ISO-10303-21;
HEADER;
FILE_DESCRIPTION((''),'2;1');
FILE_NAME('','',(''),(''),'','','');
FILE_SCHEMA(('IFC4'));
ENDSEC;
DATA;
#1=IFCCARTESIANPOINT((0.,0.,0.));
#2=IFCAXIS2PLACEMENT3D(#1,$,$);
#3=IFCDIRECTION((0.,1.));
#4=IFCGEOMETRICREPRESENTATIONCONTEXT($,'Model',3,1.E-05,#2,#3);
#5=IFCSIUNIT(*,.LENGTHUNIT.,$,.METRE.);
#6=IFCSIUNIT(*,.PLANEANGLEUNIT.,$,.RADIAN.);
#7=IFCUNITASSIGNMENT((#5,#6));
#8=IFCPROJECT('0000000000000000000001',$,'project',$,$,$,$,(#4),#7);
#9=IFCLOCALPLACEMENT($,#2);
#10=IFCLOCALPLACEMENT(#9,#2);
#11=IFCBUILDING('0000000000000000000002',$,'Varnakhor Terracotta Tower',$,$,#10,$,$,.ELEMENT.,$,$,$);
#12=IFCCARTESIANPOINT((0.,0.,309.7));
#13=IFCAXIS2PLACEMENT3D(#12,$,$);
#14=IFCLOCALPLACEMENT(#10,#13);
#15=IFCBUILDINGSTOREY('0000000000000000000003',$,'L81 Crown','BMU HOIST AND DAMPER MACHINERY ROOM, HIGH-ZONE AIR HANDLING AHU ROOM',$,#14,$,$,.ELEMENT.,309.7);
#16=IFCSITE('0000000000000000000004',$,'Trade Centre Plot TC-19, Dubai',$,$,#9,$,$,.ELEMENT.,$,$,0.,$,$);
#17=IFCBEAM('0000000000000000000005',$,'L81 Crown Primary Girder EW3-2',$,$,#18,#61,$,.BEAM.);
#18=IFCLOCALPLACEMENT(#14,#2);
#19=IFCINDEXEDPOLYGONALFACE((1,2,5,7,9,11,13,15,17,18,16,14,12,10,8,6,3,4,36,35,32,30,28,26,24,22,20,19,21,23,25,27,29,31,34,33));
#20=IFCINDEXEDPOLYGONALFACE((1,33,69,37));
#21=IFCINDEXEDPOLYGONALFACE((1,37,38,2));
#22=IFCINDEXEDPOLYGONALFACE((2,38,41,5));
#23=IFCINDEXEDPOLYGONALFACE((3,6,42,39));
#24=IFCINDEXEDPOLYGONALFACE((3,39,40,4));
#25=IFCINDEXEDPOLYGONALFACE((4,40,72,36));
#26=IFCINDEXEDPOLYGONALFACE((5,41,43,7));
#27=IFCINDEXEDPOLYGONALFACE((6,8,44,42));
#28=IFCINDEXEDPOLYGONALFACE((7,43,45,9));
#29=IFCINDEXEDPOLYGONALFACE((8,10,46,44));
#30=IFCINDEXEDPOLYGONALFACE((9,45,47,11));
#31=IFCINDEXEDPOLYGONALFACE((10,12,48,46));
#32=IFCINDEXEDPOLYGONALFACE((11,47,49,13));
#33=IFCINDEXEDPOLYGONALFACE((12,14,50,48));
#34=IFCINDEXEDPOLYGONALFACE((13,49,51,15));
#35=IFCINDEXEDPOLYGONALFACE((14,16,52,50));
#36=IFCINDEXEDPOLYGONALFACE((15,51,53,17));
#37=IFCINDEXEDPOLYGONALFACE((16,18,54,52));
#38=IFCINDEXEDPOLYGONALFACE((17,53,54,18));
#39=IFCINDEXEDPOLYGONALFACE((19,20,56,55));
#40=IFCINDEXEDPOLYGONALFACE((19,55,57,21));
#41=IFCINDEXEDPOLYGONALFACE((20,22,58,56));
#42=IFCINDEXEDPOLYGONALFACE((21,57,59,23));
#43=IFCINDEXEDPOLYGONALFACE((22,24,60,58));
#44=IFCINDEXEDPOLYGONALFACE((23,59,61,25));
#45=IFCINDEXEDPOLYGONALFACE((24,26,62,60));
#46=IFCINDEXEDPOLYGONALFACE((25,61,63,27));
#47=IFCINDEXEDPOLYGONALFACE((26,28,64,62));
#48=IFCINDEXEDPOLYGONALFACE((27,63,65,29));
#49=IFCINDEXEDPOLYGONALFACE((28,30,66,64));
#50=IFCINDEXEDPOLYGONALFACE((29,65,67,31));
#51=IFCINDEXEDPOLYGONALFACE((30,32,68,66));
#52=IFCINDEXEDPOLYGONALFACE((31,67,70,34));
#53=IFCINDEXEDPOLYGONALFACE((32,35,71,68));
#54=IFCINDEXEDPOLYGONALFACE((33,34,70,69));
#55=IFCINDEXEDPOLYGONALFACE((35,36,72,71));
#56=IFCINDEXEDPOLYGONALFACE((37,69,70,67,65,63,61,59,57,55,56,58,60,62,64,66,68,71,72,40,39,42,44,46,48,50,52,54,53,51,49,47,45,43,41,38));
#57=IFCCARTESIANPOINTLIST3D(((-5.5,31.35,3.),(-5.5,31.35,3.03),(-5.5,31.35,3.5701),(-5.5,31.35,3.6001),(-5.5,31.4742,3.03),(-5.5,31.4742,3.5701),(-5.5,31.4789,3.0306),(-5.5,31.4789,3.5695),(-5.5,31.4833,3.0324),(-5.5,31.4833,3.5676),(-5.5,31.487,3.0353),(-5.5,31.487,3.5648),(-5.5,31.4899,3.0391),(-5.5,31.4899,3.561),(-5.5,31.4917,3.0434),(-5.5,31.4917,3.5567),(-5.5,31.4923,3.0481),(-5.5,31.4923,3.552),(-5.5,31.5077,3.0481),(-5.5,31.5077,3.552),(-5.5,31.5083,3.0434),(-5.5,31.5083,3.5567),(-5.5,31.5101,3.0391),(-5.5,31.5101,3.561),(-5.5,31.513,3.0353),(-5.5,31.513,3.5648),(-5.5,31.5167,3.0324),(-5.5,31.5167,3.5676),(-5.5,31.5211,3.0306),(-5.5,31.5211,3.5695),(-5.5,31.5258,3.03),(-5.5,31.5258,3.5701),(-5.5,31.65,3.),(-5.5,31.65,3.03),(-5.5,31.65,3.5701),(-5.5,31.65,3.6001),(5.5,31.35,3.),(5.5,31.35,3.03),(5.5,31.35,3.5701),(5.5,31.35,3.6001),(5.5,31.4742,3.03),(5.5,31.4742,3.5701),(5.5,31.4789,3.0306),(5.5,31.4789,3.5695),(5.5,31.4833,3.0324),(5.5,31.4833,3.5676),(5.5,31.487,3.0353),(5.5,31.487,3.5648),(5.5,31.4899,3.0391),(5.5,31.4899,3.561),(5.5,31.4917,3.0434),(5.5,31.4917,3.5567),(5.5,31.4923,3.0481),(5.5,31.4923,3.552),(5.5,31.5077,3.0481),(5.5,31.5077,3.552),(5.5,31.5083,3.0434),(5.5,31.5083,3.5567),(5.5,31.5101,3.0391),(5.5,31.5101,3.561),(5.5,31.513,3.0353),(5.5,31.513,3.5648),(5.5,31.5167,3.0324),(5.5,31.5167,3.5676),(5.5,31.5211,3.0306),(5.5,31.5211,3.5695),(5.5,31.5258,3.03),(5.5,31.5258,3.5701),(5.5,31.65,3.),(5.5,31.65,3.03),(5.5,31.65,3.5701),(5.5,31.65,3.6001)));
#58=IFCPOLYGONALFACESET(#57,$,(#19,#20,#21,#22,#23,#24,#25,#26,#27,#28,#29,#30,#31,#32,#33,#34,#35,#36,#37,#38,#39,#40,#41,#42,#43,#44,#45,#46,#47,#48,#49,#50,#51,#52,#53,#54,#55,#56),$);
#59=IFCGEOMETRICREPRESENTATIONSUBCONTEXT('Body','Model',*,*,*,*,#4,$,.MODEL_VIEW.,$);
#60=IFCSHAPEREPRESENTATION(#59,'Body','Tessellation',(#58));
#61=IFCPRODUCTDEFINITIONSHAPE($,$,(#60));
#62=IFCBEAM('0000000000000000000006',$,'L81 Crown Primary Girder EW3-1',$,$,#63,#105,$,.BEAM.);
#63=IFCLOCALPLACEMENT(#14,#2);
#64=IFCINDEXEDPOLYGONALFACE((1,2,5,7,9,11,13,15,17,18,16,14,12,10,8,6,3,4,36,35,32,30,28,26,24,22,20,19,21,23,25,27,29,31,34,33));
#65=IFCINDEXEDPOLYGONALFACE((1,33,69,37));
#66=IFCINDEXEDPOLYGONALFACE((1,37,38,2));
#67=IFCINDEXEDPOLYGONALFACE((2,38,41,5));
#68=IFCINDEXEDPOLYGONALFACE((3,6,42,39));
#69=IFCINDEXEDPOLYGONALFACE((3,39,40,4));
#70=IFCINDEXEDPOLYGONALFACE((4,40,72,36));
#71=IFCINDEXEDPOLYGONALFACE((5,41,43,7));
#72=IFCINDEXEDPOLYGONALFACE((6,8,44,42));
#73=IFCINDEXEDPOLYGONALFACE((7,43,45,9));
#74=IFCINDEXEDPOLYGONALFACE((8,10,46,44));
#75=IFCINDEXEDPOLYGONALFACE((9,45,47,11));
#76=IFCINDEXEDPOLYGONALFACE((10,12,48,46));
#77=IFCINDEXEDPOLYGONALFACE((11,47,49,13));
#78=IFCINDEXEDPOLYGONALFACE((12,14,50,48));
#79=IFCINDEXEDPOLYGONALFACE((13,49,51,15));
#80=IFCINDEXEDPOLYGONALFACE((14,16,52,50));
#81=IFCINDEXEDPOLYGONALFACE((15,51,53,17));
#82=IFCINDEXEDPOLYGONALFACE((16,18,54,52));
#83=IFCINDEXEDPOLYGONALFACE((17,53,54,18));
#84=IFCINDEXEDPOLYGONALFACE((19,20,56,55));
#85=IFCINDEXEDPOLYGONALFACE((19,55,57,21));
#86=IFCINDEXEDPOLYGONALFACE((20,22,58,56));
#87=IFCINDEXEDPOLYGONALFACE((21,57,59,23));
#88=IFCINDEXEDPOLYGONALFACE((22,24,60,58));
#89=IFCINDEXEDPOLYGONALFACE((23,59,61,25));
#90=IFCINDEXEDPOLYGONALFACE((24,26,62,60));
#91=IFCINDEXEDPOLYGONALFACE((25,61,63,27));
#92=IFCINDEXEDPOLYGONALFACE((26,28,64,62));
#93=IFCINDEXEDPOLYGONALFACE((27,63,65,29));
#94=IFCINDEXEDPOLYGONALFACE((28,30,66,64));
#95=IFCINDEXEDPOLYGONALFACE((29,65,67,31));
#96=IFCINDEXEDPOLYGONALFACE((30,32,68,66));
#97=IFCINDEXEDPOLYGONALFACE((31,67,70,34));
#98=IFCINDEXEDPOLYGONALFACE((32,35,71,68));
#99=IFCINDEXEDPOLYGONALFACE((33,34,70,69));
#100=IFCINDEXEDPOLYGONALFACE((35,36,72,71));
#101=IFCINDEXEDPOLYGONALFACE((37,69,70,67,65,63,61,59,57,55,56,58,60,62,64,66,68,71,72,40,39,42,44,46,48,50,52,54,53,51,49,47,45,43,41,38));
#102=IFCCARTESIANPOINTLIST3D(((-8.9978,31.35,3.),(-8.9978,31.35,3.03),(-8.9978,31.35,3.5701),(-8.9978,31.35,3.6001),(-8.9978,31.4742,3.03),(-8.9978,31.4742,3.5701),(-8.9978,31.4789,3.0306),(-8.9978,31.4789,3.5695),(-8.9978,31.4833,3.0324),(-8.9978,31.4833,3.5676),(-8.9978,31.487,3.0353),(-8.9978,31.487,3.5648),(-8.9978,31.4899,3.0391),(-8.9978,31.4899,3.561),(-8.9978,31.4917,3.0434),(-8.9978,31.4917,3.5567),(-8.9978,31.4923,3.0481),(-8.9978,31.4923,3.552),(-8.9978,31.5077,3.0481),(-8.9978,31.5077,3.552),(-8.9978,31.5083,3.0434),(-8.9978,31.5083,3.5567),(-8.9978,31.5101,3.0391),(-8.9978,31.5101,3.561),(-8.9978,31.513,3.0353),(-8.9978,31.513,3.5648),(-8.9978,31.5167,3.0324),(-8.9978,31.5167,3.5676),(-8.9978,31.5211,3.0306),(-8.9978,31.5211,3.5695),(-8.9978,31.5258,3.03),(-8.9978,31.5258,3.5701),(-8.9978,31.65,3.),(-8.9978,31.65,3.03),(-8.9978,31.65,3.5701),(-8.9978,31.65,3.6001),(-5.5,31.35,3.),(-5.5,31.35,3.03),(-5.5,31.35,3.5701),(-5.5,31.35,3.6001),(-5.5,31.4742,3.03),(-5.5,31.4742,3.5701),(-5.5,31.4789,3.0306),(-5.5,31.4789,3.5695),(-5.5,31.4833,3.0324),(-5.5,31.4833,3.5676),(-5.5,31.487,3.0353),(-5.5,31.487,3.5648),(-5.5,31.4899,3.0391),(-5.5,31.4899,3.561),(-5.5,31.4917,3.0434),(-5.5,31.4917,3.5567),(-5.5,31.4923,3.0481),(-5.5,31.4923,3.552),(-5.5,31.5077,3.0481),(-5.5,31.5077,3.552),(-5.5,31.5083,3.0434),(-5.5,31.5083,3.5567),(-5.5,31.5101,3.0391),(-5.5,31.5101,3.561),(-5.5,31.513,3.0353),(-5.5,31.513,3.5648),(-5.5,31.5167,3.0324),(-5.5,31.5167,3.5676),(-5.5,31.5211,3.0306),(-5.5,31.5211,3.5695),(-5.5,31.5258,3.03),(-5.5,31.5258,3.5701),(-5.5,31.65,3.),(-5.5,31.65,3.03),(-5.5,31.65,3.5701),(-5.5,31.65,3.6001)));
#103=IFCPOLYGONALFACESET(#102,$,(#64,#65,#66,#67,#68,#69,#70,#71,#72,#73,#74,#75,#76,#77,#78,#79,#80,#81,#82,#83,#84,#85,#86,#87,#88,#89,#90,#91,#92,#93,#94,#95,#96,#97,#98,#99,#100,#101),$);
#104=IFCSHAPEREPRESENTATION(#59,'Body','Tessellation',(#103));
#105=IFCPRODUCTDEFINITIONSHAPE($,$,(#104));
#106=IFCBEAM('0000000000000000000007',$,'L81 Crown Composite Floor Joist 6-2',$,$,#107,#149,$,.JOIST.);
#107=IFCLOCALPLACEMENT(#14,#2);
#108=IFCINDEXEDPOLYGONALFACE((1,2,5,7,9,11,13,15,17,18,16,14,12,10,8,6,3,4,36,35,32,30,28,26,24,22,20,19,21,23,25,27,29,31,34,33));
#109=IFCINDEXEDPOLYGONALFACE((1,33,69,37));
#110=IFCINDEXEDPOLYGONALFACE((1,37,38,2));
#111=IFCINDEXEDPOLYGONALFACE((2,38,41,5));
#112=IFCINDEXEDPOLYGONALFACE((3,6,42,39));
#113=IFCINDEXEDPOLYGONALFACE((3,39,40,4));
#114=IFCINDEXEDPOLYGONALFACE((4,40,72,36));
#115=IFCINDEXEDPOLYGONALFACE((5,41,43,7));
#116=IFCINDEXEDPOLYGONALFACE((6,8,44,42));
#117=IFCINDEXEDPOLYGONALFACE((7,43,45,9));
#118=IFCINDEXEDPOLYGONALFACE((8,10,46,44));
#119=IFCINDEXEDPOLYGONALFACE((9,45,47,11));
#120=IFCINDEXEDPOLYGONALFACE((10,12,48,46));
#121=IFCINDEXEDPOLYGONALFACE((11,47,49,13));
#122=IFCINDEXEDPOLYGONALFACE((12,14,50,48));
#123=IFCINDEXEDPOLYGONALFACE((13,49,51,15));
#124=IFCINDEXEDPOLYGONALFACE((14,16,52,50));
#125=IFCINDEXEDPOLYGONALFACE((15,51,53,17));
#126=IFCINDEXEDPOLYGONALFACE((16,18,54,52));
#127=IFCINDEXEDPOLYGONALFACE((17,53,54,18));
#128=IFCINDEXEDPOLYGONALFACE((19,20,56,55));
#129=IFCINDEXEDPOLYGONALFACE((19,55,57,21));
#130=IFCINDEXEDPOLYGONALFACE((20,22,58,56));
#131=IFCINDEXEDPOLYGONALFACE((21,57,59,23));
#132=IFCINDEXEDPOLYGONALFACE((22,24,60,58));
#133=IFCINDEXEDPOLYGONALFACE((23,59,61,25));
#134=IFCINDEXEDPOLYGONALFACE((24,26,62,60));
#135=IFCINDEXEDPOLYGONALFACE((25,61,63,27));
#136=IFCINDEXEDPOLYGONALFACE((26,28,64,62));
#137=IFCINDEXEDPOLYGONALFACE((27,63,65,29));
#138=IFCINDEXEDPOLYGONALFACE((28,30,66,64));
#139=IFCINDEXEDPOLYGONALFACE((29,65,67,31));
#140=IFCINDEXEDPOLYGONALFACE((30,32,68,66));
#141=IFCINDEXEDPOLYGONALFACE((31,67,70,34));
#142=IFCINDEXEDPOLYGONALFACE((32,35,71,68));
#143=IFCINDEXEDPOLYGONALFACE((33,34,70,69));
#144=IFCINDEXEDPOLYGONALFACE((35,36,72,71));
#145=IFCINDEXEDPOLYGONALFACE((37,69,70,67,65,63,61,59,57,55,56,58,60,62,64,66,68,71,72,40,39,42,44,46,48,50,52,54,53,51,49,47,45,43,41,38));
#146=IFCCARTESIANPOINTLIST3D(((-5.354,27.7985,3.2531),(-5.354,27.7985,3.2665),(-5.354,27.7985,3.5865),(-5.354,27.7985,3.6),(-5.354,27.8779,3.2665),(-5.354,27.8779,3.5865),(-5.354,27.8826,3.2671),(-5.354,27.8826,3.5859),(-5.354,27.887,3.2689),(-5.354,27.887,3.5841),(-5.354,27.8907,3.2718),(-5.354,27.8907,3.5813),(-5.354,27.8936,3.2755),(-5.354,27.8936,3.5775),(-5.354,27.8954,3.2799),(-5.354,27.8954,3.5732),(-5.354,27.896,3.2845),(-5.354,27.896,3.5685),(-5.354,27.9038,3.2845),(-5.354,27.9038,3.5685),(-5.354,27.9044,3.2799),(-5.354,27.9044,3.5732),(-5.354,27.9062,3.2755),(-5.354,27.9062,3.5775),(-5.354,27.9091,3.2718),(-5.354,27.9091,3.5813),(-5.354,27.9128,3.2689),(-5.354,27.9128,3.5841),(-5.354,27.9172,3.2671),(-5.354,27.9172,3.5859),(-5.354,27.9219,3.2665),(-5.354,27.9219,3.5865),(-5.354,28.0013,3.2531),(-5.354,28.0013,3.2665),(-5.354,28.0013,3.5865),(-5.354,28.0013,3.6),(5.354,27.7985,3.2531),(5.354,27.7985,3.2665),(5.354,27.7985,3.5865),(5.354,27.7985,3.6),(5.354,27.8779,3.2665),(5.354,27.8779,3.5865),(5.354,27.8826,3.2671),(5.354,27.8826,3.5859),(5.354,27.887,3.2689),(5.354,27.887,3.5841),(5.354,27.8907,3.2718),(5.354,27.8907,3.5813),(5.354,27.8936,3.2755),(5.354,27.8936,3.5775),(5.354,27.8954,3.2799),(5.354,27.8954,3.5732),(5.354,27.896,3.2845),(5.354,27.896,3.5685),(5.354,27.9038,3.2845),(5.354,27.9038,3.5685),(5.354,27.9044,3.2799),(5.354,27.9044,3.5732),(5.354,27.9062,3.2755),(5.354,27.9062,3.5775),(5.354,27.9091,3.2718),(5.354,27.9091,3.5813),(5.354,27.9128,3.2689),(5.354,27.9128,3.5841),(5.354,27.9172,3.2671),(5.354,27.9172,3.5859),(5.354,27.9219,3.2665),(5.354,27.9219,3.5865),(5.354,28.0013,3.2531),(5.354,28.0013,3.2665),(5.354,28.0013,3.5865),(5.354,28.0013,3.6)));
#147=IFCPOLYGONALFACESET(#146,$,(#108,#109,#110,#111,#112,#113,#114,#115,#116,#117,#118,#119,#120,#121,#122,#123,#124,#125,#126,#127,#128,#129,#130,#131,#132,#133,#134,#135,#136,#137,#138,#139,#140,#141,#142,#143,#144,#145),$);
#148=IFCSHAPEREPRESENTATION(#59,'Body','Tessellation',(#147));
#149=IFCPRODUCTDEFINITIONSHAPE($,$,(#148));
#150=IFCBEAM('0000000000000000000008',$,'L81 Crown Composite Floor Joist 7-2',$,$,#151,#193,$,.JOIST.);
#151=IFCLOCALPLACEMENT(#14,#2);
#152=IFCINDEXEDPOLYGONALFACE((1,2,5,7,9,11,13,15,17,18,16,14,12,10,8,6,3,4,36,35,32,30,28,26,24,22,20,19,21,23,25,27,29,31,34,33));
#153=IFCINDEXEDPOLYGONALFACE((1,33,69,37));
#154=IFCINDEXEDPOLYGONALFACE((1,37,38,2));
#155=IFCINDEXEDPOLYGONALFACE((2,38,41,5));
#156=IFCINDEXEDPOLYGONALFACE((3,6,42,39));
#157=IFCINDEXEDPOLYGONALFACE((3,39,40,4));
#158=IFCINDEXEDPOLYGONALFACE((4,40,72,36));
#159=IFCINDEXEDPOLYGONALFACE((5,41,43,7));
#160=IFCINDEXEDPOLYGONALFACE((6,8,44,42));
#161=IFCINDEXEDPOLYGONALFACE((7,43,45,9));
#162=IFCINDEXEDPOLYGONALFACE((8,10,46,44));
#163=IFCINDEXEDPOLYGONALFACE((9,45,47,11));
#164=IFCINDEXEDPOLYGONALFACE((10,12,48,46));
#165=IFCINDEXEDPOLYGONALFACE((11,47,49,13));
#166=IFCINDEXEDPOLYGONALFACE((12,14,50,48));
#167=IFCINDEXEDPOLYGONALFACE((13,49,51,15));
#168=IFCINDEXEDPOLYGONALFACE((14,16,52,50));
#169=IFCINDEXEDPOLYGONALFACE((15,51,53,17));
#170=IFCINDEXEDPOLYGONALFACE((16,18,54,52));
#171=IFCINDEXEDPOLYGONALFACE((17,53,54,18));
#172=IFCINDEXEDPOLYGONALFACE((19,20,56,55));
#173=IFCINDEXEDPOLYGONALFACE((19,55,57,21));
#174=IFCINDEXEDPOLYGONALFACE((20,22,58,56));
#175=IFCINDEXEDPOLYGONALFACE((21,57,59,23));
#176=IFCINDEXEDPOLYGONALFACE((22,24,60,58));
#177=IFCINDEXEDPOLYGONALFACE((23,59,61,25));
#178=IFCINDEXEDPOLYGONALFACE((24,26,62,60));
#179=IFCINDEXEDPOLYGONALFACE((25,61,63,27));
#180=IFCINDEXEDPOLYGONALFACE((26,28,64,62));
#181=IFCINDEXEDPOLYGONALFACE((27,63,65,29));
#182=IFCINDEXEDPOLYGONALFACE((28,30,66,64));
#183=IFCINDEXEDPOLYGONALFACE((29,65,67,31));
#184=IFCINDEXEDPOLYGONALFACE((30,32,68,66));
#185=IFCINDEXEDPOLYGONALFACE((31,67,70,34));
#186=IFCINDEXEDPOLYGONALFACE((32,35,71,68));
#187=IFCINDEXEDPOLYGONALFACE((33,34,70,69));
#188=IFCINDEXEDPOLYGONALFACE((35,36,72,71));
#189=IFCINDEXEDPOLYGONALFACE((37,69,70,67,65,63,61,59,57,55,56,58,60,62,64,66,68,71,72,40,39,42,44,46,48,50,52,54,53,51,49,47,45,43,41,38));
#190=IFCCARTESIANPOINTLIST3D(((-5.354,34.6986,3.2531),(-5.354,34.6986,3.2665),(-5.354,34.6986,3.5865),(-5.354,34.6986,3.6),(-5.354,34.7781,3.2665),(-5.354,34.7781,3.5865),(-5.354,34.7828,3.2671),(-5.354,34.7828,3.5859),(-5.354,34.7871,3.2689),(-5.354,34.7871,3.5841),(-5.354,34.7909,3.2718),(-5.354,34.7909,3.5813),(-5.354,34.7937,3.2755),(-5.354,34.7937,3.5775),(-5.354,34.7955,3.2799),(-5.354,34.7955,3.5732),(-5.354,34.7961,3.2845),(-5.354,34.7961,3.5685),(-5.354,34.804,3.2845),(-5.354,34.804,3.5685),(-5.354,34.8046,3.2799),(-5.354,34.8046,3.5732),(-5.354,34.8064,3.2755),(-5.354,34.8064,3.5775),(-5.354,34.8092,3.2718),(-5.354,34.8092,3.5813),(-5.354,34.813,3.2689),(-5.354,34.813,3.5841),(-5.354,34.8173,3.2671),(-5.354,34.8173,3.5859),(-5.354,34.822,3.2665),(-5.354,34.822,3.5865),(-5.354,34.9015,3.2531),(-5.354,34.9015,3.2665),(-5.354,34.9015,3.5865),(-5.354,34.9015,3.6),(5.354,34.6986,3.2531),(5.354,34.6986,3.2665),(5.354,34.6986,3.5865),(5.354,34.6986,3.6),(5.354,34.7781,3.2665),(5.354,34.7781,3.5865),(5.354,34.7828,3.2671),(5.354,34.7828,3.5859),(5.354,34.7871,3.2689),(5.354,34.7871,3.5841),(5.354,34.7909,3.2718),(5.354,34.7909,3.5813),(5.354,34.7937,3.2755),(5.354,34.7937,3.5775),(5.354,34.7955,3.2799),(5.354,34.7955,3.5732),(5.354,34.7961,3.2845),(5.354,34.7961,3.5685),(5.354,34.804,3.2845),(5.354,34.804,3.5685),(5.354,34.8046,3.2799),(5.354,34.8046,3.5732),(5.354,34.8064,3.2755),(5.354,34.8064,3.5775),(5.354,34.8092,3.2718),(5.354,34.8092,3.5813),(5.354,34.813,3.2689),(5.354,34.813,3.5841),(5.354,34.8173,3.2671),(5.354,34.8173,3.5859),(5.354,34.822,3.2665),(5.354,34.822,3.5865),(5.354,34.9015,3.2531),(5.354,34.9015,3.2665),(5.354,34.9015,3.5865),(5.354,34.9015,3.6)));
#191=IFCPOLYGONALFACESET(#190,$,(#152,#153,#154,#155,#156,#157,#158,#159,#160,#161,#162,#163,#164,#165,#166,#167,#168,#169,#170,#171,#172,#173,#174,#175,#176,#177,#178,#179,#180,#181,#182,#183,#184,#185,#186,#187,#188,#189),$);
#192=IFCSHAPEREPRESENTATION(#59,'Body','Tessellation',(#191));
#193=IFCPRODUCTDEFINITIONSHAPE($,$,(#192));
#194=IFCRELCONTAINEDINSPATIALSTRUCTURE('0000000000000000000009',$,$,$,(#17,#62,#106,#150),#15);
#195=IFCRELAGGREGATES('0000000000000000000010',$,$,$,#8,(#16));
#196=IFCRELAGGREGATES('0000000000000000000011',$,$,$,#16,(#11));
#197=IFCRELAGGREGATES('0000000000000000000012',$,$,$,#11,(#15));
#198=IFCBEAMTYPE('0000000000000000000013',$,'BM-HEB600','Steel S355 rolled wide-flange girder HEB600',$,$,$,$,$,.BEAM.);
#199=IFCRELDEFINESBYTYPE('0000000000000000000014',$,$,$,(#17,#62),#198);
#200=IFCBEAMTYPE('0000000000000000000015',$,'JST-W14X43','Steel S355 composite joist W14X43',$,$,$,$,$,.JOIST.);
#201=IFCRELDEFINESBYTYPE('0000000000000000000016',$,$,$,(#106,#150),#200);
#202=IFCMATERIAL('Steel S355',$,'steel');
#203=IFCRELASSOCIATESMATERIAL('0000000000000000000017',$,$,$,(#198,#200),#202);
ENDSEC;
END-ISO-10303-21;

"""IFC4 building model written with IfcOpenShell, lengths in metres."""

from ifc_helpers import new_model, si_unit, direction, frame, origin, origin_2d, place, context, subcontext, project, spatial, i_section, extrude, source, transform, mapped, material, material_profile, profile_set, type_object, element, save


model = new_model("IFC4")

# Units and contexts
model_context = context("Model", 3, precision=1e-05, world=origin(), true_north=direction((0.0, 1.0)))
body_context = subcontext(model_context, "Body", "Model", "MODEL_VIEW")
ifc_project = project(units=[si_unit("LENGTHUNIT", "METRE"), si_unit("PLANEANGLEUNIT", "RADIAN")], contexts=[model_context])

# Site, building, storey
site_placement = place(None, origin())
site = spatial("IfcSite", under=ifc_project, at=site_placement, Name="Trade Centre Plot TC-19, Dubai", CompositionType="ELEMENT", RefElevation=0.0)
building_placement = place(site_placement, origin())
building = spatial("IfcBuilding", under=site, at=building_placement, Name="Varnakhor Terracotta Tower", CompositionType="ELEMENT")
storey_placement = place(building_placement, frame((0.0, 0.0, 309.7)))
storey = spatial("IfcBuildingStorey", under=building, at=storey_placement, Name="L81 Crown", Description="BMU HOIST AND DAMPER MACHINERY ROOM, HIGH-ZONE AIR HANDLING AHU ROOM", CompositionType="ELEMENT", Elevation=309.7)

# Beams
ifc_material_1 = material(Name="Steel S355", Category="steel")
ifc_material_profile_1 = material_profile(ifc_material_1, i_section(OverallWidth=0.3, OverallDepth=0.6001, WebThickness=0.0154, FlangeThickness=0.03, FilletRadius=0.0181, at=origin_2d()), Name="HEB600")
ifc_profile_set_1 = profile_set([ifc_material_profile_1], Name="Steel S355")
beam_type_1 = type_object("IfcBeamType", Name="BM-HEB600", Description="Steel S355 rolled wide-flange girder HEB600", PredefinedType="BEAM", material=ifc_profile_set_1)
shared_shape_1 = source(origin(), body_context, "Body", "SweptSolid", [
    extrude(i_section(OverallWidth=0.3, OverallDepth=0.6001, WebThickness=0.0154, FlangeThickness=0.03, FilletRadius=0.0181, at=origin_2d()), origin(), (0.0, 0.0, 1.0), 11.0),
])
for number, where, z_axis, x_axis, name in (
    (1, (-5.5, 31.5, 3.3), (1.0, 0.0, 0.0), (0.0, 1.0, 0.0), "L81 Crown Primary Girder EW3-2"),
):
    element("IfcBeam", number, at=place(storey_placement, frame(where, z_axis=z_axis, x_axis=x_axis)), inside=storey, type_object=beam_type_1, Name=name, PredefinedType="BEAM", context=body_context, shape_type="MappedRepresentation", body=[
        mapped(shared_shape_1, transform((0.0, 0.0, 0.0), scale=1.0)),
    ])
shared_shape_2 = source(origin(), body_context, "Body", "SweptSolid", [
    extrude(i_section(OverallWidth=0.3, OverallDepth=0.6001, WebThickness=0.0154, FlangeThickness=0.03, FilletRadius=0.0181, at=origin_2d()), origin(), (0.0, 0.0, 1.0), 3.4978),
])
beam_1_placement = place(storey_placement, frame((-8.9978, 31.5, 3.3), z_axis=(1.0, 0.0, 0.0), x_axis=(0.0, 1.0, 0.0)))
element("IfcBeam", 2, at=beam_1_placement, inside=storey, type_object=beam_type_1, Name="L81 Crown Primary Girder EW3-1", PredefinedType="BEAM", context=body_context, shape_type="MappedRepresentation", body=[
    mapped(shared_shape_2, transform((0.0, 0.0, 0.0), scale=1.0)),
])
ifc_material_profile_2 = material_profile(ifc_material_1, i_section(OverallWidth=0.2029, OverallDepth=0.3469, WebThickness=0.0078, FlangeThickness=0.0134, FilletRadius=0.0181, at=origin_2d()), Name="W14X43")
ifc_profile_set_2 = profile_set([ifc_material_profile_2], Name="Steel S355")
beam_type_2 = type_object("IfcBeamType", Name="JST-W14X43", Description="Steel S355 composite joist W14X43", PredefinedType="JOIST", material=ifc_profile_set_2)
shared_shape_3 = source(origin(), body_context, "Body", "SweptSolid", [
    extrude(i_section(OverallWidth=0.2029, OverallDepth=0.3469, WebThickness=0.0078, FlangeThickness=0.0134, FilletRadius=0.0181, at=origin_2d()), origin(), (0.0, 0.0, 1.0), 10.708),
])
for number, where, z_axis, x_axis, name in (
    (3, (-5.354, 27.8999, 3.4265), (1.0, 0.0, 0.0), (0.0, 1.0, 0.0), "L81 Crown Composite Floor Joist 6-2"),
    (4, (-5.354, 34.8, 3.4265), (1.0, 0.0, 0.0), (0.0, 1.0, 0.0), "L81 Crown Composite Floor Joist 7-2"),
):
    element("IfcBeam", number, at=place(storey_placement, frame(where, z_axis=z_axis, x_axis=x_axis)), inside=storey, type_object=beam_type_2, Name=name, PredefinedType="JOIST", context=body_context, shape_type="MappedRepresentation", body=[
        mapped(shared_shape_3, transform((0.0, 0.0, 0.0), scale=1.0)),
    ])

save(model, "model.ifc")
